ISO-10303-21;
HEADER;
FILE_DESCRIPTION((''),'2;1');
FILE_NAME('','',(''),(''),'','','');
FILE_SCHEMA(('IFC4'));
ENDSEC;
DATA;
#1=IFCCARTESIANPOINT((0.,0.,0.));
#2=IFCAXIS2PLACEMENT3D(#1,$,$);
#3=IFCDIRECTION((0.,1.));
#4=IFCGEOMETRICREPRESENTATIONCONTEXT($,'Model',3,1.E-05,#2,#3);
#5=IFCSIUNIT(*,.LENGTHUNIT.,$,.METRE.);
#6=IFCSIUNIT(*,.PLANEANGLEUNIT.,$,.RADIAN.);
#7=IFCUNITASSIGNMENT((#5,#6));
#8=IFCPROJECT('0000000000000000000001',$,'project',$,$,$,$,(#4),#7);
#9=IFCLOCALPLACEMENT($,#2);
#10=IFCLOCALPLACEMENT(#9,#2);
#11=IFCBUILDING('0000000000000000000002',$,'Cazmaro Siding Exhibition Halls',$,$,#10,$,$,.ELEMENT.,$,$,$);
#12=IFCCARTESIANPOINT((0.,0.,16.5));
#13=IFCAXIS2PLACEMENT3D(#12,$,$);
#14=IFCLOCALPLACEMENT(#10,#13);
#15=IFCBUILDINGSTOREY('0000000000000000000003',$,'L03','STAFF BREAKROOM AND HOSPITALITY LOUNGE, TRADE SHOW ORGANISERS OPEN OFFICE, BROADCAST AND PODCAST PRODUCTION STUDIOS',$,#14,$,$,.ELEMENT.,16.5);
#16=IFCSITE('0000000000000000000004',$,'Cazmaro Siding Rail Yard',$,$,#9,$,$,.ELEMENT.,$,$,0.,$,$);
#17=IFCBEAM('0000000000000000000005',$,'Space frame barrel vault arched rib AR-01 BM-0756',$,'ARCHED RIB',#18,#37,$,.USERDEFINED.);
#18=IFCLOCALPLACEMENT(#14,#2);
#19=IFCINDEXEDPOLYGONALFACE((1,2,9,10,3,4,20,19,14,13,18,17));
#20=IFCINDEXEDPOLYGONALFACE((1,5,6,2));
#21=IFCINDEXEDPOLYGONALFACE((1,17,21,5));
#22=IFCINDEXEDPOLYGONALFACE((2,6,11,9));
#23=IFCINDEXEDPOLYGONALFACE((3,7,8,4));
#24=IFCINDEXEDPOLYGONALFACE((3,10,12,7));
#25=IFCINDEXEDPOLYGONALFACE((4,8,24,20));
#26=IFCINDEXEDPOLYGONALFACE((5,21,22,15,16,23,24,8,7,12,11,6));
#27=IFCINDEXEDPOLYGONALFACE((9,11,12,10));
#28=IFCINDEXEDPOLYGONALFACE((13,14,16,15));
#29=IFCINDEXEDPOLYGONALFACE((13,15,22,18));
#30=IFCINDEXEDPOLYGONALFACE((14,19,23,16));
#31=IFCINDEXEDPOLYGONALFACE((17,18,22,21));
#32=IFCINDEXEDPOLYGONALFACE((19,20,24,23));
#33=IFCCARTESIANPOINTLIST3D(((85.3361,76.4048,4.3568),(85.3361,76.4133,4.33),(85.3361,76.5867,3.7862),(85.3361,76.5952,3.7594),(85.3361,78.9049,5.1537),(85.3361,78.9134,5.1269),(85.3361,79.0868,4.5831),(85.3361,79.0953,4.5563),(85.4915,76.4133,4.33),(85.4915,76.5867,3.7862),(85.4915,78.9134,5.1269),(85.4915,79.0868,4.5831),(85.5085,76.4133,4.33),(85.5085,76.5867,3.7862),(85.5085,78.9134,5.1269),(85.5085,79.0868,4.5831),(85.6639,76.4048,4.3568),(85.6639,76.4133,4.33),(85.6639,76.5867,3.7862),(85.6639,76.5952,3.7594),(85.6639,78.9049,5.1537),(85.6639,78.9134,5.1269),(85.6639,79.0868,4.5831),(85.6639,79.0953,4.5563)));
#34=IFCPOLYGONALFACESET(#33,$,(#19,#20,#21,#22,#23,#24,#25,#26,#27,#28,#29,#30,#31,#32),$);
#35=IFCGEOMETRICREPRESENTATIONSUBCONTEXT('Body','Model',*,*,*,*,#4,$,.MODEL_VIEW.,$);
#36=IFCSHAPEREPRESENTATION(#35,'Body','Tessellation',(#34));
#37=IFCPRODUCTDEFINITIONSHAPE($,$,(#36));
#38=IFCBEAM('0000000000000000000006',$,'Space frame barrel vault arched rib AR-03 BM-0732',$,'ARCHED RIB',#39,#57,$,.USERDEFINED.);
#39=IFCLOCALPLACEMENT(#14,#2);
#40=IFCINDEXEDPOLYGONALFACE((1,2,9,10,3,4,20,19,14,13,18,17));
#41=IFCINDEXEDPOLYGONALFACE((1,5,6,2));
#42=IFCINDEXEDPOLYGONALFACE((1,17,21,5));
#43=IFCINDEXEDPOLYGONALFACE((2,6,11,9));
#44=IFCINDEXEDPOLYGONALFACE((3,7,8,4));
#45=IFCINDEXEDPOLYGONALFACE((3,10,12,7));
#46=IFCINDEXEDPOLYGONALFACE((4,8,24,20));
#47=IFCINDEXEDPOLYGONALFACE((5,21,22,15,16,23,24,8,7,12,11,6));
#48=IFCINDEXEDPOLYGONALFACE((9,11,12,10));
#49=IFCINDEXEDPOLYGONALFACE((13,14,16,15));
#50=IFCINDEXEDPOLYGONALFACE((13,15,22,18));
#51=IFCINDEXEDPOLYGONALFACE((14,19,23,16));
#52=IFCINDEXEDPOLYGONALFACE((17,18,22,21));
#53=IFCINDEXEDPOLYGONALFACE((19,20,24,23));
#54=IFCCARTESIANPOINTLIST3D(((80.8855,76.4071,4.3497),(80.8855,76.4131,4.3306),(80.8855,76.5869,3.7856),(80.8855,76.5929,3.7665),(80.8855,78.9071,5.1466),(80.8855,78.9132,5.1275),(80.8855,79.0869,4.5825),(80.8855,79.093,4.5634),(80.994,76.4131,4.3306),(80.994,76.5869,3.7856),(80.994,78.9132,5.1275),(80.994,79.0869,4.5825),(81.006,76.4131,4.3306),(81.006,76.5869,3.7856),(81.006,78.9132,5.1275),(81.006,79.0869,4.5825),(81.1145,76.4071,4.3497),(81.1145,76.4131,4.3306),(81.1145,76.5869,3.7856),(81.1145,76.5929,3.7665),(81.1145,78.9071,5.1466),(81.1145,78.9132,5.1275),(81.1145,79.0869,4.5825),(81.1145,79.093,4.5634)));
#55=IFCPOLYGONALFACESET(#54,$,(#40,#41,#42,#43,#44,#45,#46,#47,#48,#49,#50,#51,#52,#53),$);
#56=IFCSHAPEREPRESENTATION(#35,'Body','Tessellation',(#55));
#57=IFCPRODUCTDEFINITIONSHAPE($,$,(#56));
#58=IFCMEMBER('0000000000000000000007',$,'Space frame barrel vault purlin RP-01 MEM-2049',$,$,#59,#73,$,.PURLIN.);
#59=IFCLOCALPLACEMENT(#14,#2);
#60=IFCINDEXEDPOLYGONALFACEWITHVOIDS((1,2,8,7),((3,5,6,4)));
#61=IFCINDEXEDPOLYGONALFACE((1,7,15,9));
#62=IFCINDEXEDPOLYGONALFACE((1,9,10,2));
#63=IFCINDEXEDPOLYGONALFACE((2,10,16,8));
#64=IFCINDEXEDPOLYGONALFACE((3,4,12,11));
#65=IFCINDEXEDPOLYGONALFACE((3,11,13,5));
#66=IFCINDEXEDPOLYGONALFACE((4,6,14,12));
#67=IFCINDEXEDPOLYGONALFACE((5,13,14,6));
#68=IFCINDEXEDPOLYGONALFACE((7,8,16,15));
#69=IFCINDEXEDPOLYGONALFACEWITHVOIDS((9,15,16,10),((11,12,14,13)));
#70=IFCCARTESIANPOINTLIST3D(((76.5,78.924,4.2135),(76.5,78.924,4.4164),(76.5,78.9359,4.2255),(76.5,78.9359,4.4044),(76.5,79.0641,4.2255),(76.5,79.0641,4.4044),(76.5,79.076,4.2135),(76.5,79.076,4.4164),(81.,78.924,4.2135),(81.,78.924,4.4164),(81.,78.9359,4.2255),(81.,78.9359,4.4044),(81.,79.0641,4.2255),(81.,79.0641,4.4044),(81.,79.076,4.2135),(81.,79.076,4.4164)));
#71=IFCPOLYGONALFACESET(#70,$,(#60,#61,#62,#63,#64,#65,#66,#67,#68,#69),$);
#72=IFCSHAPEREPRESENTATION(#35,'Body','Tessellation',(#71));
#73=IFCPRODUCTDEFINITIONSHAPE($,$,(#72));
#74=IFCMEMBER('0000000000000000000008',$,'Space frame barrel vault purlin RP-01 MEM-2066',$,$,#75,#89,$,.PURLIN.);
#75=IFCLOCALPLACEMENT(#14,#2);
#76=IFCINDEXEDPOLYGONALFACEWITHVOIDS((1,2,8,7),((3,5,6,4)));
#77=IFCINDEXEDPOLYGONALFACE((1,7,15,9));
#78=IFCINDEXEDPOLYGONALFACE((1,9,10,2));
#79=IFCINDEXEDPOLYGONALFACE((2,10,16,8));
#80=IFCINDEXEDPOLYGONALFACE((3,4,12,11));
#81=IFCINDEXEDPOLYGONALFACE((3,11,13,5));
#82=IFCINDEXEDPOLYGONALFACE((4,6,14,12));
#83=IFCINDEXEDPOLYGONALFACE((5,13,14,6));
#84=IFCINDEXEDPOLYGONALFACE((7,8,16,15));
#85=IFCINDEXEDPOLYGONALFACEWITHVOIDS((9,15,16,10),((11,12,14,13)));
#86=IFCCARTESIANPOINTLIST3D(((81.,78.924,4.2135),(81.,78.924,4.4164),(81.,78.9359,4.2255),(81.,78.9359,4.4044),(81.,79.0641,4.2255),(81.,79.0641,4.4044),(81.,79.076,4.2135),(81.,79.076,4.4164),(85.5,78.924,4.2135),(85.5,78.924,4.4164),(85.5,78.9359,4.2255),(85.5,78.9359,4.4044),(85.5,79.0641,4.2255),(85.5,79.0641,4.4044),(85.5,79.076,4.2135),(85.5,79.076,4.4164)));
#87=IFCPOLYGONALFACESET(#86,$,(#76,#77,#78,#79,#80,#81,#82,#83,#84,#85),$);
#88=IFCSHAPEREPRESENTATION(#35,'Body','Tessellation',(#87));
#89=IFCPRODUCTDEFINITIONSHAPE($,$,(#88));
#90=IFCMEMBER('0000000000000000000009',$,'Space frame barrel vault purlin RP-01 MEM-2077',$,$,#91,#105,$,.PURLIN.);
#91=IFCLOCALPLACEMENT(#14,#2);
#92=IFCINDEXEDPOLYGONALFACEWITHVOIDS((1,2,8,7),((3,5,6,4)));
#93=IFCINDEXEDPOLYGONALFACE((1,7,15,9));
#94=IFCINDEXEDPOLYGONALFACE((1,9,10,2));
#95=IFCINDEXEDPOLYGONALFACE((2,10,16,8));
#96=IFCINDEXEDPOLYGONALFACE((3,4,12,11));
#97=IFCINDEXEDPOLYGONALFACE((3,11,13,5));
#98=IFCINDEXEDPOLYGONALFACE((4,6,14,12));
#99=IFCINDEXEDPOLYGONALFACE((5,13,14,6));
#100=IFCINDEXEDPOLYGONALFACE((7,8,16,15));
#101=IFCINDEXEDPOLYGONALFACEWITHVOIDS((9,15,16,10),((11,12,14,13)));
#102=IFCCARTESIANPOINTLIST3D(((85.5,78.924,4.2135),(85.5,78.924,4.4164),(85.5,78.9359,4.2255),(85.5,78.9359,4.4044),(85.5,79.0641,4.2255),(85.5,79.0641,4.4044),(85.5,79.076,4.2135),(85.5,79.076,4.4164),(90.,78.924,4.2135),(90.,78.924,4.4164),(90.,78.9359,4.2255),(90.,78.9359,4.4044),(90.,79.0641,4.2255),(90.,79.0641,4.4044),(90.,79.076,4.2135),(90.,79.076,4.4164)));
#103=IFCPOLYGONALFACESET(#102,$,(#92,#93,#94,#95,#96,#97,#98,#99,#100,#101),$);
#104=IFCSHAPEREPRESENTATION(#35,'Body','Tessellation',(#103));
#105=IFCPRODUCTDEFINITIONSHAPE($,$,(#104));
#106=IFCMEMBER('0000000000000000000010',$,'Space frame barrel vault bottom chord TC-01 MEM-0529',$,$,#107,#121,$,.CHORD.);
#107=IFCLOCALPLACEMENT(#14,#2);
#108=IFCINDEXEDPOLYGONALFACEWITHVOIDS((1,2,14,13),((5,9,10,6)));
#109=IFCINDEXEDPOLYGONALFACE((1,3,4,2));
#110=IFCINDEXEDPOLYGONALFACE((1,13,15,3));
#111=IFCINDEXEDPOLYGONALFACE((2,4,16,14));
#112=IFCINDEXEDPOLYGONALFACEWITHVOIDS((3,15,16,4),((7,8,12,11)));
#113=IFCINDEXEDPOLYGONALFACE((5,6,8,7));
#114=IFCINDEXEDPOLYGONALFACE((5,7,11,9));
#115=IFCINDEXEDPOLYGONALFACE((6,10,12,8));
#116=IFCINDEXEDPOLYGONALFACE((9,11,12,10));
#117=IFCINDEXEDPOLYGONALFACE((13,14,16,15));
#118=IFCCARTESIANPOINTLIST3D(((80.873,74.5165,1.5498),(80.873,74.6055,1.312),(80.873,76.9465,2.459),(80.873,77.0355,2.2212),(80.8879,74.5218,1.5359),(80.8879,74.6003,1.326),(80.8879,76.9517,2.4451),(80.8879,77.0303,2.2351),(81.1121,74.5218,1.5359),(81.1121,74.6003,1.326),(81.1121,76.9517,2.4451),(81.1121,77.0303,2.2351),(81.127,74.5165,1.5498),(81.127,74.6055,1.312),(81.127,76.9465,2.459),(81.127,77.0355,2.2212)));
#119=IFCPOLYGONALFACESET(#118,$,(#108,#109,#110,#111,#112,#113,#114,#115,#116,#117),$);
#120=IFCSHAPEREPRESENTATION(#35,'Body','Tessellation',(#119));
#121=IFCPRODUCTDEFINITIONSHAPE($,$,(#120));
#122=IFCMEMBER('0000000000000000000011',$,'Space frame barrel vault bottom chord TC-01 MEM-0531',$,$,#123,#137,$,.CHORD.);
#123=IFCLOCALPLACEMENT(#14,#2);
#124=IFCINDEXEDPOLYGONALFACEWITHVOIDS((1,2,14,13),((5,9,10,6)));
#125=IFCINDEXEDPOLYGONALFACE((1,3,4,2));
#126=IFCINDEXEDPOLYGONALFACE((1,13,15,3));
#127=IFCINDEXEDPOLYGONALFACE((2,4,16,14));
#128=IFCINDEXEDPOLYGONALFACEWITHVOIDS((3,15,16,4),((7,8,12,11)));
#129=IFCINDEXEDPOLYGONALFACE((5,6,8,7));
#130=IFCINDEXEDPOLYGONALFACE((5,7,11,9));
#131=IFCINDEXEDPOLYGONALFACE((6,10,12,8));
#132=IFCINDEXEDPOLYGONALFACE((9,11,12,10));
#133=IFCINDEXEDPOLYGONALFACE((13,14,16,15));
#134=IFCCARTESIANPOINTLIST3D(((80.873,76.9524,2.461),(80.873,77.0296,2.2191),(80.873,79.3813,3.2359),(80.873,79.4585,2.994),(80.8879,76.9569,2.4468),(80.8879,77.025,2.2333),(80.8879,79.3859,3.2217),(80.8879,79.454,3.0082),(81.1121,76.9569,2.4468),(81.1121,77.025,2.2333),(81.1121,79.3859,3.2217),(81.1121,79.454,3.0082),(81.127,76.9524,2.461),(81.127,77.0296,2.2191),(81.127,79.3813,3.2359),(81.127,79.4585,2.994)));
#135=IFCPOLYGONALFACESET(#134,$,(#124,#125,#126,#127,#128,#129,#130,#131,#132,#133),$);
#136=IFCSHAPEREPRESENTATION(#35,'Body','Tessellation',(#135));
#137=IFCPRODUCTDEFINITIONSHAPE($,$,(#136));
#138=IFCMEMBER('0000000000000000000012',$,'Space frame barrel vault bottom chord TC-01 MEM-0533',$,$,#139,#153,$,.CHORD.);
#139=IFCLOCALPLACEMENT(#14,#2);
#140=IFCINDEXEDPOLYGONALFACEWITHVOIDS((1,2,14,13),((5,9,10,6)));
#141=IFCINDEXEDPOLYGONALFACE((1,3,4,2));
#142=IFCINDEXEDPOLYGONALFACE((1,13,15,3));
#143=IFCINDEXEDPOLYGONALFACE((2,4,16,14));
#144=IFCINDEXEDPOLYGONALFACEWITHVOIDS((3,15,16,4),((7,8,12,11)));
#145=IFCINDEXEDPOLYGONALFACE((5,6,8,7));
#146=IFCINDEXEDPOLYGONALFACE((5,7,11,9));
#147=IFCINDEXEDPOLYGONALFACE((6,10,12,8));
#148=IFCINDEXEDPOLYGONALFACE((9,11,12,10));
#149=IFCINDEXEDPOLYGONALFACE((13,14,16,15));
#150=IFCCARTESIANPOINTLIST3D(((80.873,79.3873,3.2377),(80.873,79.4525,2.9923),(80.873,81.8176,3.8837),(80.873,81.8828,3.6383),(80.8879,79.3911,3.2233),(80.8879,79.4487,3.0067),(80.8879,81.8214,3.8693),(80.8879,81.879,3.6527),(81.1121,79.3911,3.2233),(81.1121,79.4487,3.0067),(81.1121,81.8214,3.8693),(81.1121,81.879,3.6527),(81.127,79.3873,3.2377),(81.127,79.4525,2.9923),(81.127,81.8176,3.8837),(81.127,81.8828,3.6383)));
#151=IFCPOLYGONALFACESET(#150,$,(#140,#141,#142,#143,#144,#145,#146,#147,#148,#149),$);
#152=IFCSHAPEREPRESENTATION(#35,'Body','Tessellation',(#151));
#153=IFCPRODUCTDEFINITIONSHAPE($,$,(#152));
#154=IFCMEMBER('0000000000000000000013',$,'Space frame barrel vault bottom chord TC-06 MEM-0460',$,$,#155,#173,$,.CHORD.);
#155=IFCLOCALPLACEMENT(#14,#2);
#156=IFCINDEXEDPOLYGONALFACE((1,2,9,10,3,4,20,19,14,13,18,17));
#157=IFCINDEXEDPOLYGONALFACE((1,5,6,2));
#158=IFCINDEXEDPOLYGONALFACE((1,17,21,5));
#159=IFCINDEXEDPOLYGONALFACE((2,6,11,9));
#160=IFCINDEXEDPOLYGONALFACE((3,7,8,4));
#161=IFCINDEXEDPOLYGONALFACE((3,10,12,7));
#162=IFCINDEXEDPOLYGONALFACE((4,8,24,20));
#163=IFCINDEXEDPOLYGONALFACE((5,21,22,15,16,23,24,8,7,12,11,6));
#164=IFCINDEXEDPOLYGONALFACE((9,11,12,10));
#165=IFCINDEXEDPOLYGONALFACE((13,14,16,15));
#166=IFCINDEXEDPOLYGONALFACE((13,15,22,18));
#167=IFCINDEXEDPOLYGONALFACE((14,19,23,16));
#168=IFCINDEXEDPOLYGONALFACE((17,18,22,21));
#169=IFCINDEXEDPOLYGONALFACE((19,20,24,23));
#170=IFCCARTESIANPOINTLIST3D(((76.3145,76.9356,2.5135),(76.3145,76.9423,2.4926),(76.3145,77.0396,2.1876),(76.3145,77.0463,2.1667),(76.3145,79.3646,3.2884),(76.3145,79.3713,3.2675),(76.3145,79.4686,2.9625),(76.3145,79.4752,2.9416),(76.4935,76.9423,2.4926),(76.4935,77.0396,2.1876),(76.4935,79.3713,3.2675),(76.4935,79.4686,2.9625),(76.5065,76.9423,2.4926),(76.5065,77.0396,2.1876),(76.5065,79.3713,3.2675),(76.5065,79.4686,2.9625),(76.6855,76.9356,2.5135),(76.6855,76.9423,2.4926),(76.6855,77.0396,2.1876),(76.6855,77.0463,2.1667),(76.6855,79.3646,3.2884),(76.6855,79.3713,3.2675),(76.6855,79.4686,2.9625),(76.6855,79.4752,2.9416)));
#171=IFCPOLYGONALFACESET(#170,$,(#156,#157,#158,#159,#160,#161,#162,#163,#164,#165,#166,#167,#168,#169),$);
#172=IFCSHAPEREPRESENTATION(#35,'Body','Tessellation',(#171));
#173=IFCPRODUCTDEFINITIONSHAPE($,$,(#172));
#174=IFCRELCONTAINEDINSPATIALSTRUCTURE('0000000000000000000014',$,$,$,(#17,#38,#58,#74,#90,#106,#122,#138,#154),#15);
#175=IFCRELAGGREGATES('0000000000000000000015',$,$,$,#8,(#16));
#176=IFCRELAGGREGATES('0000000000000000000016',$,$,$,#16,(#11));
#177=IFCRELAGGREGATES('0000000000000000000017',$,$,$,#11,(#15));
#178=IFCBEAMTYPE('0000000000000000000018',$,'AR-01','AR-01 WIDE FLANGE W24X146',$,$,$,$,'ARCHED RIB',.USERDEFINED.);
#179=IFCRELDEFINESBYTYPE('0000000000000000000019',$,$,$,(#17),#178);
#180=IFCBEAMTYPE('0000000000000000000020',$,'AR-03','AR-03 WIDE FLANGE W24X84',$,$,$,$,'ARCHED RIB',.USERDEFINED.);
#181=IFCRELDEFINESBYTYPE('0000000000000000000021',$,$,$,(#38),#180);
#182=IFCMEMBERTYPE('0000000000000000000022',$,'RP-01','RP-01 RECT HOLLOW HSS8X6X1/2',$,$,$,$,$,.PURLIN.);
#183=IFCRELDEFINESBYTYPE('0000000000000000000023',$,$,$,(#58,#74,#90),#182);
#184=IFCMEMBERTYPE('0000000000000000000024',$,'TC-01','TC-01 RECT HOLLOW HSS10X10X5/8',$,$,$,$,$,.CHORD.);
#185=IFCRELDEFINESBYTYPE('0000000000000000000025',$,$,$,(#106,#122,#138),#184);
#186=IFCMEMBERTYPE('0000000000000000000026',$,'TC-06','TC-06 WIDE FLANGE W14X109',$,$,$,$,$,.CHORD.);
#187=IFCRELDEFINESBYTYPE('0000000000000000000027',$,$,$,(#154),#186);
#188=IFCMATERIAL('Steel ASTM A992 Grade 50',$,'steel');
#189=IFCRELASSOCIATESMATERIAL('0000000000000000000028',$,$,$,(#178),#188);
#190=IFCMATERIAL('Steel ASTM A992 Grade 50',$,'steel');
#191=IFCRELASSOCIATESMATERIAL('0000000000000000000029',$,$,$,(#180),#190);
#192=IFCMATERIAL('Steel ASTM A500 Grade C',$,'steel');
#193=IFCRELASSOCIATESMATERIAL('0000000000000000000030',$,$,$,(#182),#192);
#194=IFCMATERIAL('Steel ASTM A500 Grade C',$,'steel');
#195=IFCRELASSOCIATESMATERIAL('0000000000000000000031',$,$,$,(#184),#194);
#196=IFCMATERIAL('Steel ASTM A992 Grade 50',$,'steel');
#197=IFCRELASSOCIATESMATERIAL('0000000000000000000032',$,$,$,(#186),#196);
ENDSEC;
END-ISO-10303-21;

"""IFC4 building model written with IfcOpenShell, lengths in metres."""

from ifc_helpers import new_model, si_unit, direction, frame, origin, origin_2d, place, context, subcontext, project, spatial, hollow_rectangle, i_section, extrude, material, material_profile, profile_set, type_object, element, save


model = new_model("IFC4")

# Units and contexts
model_context = context("Model", 3, precision=1e-05, world=origin(), true_north=direction((0.0, 1.0)))
body_context = subcontext(model_context, "Body", "Model", "MODEL_VIEW")
ifc_project = project(units=[si_unit("LENGTHUNIT", "METRE"), si_unit("PLANEANGLEUNIT", "RADIAN")], contexts=[model_context])

# Site, building, storey
site_placement = place(None, origin())
site = spatial("IfcSite", under=ifc_project, at=site_placement, Name="Cazmaro Siding Rail Yard", CompositionType="ELEMENT", RefElevation=0.0)
building_placement = place(site_placement, origin())
building = spatial("IfcBuilding", under=site, at=building_placement, Name="Cazmaro Siding Exhibition Halls", CompositionType="ELEMENT")
storey_placement = place(building_placement, frame((0.0, 0.0, 16.5)))
storey = spatial("IfcBuildingStorey", under=building, at=storey_placement, Name="L03", Description="STAFF BREAKROOM AND HOSPITALITY LOUNGE, TRADE SHOW ORGANISERS OPEN OFFICE, BROADCAST AND PODCAST PRODUCTION STUDIOS", CompositionType="ELEMENT", Elevation=16.5)

# Beams
ifc_material_1 = material(Name="Steel ASTM A992 Grade 50", Category="steel")
ifc_material_profile_1 = material_profile(ifc_material_1, i_section(OverallWidth=0.3279, OverallDepth=0.627, WebThickness=0.0171, FlangeThickness=0.0281, at=origin_2d()), Name="W24X146")
ifc_profile_set_1 = profile_set([ifc_material_profile_1], Name="Steel ASTM A992 Grade 50")
beam_type_1 = type_object("IfcBeamType", Name="AR-01", Description="AR-01 WIDE FLANGE W24X146", ElementType="ARCHED RIB", PredefinedType="USERDEFINED", material=ifc_profile_set_1)
beam_1_placement = place(storey_placement, frame((85.5, 76.5, 4.0581), z_axis=(0.0, 0.952769, 0.303695), x_axis=(-1.0, 0.0, 0.0)))
element("IfcBeam", 1, at=beam_1_placement, inside=storey, type_object=beam_type_1, Name="Space frame barrel vault arched rib AR-01 BM-0756", ObjectType="ARCHED RIB", PredefinedType="USERDEFINED", context=body_context, shape_type="SweptSolid", body=[
    extrude(i_section(OverallWidth=0.3279, OverallDepth=0.627, WebThickness=0.0171, FlangeThickness=0.0281, at=origin_2d()), origin(), (0.0, 0.0, 1.0), 2.624),
])
ifc_material_2 = material(Name="Steel ASTM A992 Grade 50", Category="steel")
ifc_material_profile_2 = material_profile(ifc_material_2, i_section(OverallWidth=0.229, OverallDepth=0.6121, WebThickness=0.012, FlangeThickness=0.02, at=origin_2d()), Name="W24X84")
ifc_profile_set_2 = profile_set([ifc_material_profile_2], Name="Steel ASTM A992 Grade 50")
beam_type_2 = type_object("IfcBeamType", Name="AR-03", Description="AR-03 WIDE FLANGE W24X84", ElementType="ARCHED RIB", PredefinedType="USERDEFINED", material=ifc_profile_set_2)
beam_2_placement = place(storey_placement, frame((81.0, 76.5, 4.0581), z_axis=(0.0, 0.952769, 0.303695), x_axis=(-1.0, 0.0, 0.0)))
element("IfcBeam", 2, at=beam_2_placement, inside=storey, type_object=beam_type_2, Name="Space frame barrel vault arched rib AR-03 BM-0732", ObjectType="ARCHED RIB", PredefinedType="USERDEFINED", context=body_context, shape_type="SweptSolid", body=[
    extrude(i_section(OverallWidth=0.229, OverallDepth=0.6121, WebThickness=0.012, FlangeThickness=0.02, at=origin_2d()), origin(), (0.0, 0.0, 1.0), 2.624),
])

# Members
ifc_material_3 = material(Name="Steel ASTM A500 Grade C", Category="steel")
ifc_material_profile_3 = material_profile(ifc_material_3, hollow_rectangle(XDim=0.1521, YDim=0.2029, WallThickness=0.012, at=origin_2d()), Name="HSS8X6X1/2")
ifc_profile_set_3 = profile_set([ifc_material_profile_3], Name="Steel ASTM A500 Grade C")
member_type_1 = type_object("IfcMemberType", Name="RP-01", Description="RP-01 RECT HOLLOW HSS8X6X1/2", PredefinedType="PURLIN", material=ifc_profile_set_3)
for number, where, z_axis, x_axis, name in (
    (3, (76.5, 79.0, 4.3149), (1.0, 0.0, 0.0), (0.0, 1.0, 0.0), "Space frame barrel vault purlin RP-01 MEM-2049"),
    (4, (81.0, 79.0, 4.3149), (1.0, 0.0, 0.0), (0.0, 1.0, 0.0), "Space frame barrel vault purlin RP-01 MEM-2066"),
    (5, (85.5, 79.0, 4.3149), (1.0, 0.0, 0.0), (0.0, 1.0, 0.0), "Space frame barrel vault purlin RP-01 MEM-2077"),
):
    element("IfcMember", number, at=place(storey_placement, frame(where, z_axis=z_axis, x_axis=x_axis)), inside=storey, type_object=member_type_1, Name=name, PredefinedType="PURLIN", context=body_context, shape_type="SweptSolid", body=[
        extrude(hollow_rectangle(XDim=0.1521, YDim=0.2029, WallThickness=0.012, at=origin_2d()), origin(), (0.0, 0.0, 1.0), 4.5),
    ])
ifc_material_4 = material(Name="Steel ASTM A500 Grade C", Category="steel")
ifc_material_profile_4 = material_profile(ifc_material_4, hollow_rectangle(XDim=0.2539, YDim=0.2539, WallThickness=0.0149, at=origin_2d()), Name="HSS10X10X5/8")
ifc_profile_set_4 = profile_set([ifc_material_profile_4], Name="Steel ASTM A500 Grade C")
member_type_2 = type_object("IfcMemberType", Name="TC-01", Description="TC-01 RECT HOLLOW HSS10X10X5/8", PredefinedType="CHORD", material=ifc_profile_set_4)
member_1_placement = place(storey_placement, frame((81.0, 74.561, 1.4309), z_axis=(0.0, 0.936588, 0.350432), x_axis=(-1.0, 0.0, 0.0)))
element("IfcMember", 6, at=member_1_placement, inside=storey, type_object=member_type_2, Name="Space frame barrel vault bottom chord TC-01 MEM-0529", PredefinedType="CHORD", context=body_context, shape_type="SweptSolid", body=[
    extrude(hollow_rectangle(XDim=0.2539, YDim=0.2539, WallThickness=0.0149, at=origin_2d()), origin(), (0.0, 0.0, 1.0), 2.5945),
])
member_2_placement = place(storey_placement, frame((81.0, 76.991, 2.3401), z_axis=(0.0, 0.952693, 0.303935), x_axis=(-1.0, 0.0, 0.0)))
element("IfcMember", 7, at=member_2_placement, inside=storey, type_object=member_type_2, Name="Space frame barrel vault bottom chord TC-01 MEM-0531", PredefinedType="CHORD", context=body_context, shape_type="SweptSolid", body=[
    extrude(hollow_rectangle(XDim=0.2539, YDim=0.2539, WallThickness=0.0149, at=origin_2d()), origin(), (0.0, 0.0, 1.0), 2.5496),
])
member_3_placement = place(storey_placement, frame((81.0, 79.4199, 3.115), z_axis=(0.0, 0.966438, 0.256901), x_axis=(-1.0, 0.0, 0.0)))
element("IfcMember", 8, at=member_3_placement, inside=storey, type_object=member_type_2, Name="Space frame barrel vault bottom chord TC-01 MEM-0533", PredefinedType="CHORD", context=body_context, shape_type="SweptSolid", body=[
    extrude(hollow_rectangle(XDim=0.2539, YDim=0.2539, WallThickness=0.0149, at=origin_2d()), origin(), (0.0, 0.0, 1.0), 2.5146),
])
ifc_material_5 = material(Name="Steel ASTM A992 Grade 50", Category="steel")
ifc_material_profile_5 = material_profile(ifc_material_5, i_section(OverallWidth=0.3711, OverallDepth=0.364, WebThickness=0.0129, FlangeThickness=0.022, at=origin_2d()), Name="W14X109")
ifc_profile_set_5 = profile_set([ifc_material_profile_5], Name="Steel ASTM A992 Grade 50")
member_type_3 = type_object("IfcMemberType", Name="TC-06", Description="TC-06 WIDE FLANGE W14X109", PredefinedType="CHORD", material=ifc_profile_set_5)
member_4_placement = place(storey_placement, frame((76.5, 76.991, 2.3401), z_axis=(0.0, 0.952693, 0.303935), x_axis=(-1.0, 0.0, 0.0)))
element("IfcMember", 9, at=member_4_placement, inside=storey, type_object=member_type_3, Name="Space frame barrel vault bottom chord TC-06 MEM-0460", PredefinedType="CHORD", context=body_context, shape_type="SweptSolid", body=[
    extrude(i_section(OverallWidth=0.3711, OverallDepth=0.364, WebThickness=0.0129, FlangeThickness=0.022, at=origin_2d()), origin(), (0.0, 0.0, 1.0), 2.5496),
])

save(model, "model.ifc")
